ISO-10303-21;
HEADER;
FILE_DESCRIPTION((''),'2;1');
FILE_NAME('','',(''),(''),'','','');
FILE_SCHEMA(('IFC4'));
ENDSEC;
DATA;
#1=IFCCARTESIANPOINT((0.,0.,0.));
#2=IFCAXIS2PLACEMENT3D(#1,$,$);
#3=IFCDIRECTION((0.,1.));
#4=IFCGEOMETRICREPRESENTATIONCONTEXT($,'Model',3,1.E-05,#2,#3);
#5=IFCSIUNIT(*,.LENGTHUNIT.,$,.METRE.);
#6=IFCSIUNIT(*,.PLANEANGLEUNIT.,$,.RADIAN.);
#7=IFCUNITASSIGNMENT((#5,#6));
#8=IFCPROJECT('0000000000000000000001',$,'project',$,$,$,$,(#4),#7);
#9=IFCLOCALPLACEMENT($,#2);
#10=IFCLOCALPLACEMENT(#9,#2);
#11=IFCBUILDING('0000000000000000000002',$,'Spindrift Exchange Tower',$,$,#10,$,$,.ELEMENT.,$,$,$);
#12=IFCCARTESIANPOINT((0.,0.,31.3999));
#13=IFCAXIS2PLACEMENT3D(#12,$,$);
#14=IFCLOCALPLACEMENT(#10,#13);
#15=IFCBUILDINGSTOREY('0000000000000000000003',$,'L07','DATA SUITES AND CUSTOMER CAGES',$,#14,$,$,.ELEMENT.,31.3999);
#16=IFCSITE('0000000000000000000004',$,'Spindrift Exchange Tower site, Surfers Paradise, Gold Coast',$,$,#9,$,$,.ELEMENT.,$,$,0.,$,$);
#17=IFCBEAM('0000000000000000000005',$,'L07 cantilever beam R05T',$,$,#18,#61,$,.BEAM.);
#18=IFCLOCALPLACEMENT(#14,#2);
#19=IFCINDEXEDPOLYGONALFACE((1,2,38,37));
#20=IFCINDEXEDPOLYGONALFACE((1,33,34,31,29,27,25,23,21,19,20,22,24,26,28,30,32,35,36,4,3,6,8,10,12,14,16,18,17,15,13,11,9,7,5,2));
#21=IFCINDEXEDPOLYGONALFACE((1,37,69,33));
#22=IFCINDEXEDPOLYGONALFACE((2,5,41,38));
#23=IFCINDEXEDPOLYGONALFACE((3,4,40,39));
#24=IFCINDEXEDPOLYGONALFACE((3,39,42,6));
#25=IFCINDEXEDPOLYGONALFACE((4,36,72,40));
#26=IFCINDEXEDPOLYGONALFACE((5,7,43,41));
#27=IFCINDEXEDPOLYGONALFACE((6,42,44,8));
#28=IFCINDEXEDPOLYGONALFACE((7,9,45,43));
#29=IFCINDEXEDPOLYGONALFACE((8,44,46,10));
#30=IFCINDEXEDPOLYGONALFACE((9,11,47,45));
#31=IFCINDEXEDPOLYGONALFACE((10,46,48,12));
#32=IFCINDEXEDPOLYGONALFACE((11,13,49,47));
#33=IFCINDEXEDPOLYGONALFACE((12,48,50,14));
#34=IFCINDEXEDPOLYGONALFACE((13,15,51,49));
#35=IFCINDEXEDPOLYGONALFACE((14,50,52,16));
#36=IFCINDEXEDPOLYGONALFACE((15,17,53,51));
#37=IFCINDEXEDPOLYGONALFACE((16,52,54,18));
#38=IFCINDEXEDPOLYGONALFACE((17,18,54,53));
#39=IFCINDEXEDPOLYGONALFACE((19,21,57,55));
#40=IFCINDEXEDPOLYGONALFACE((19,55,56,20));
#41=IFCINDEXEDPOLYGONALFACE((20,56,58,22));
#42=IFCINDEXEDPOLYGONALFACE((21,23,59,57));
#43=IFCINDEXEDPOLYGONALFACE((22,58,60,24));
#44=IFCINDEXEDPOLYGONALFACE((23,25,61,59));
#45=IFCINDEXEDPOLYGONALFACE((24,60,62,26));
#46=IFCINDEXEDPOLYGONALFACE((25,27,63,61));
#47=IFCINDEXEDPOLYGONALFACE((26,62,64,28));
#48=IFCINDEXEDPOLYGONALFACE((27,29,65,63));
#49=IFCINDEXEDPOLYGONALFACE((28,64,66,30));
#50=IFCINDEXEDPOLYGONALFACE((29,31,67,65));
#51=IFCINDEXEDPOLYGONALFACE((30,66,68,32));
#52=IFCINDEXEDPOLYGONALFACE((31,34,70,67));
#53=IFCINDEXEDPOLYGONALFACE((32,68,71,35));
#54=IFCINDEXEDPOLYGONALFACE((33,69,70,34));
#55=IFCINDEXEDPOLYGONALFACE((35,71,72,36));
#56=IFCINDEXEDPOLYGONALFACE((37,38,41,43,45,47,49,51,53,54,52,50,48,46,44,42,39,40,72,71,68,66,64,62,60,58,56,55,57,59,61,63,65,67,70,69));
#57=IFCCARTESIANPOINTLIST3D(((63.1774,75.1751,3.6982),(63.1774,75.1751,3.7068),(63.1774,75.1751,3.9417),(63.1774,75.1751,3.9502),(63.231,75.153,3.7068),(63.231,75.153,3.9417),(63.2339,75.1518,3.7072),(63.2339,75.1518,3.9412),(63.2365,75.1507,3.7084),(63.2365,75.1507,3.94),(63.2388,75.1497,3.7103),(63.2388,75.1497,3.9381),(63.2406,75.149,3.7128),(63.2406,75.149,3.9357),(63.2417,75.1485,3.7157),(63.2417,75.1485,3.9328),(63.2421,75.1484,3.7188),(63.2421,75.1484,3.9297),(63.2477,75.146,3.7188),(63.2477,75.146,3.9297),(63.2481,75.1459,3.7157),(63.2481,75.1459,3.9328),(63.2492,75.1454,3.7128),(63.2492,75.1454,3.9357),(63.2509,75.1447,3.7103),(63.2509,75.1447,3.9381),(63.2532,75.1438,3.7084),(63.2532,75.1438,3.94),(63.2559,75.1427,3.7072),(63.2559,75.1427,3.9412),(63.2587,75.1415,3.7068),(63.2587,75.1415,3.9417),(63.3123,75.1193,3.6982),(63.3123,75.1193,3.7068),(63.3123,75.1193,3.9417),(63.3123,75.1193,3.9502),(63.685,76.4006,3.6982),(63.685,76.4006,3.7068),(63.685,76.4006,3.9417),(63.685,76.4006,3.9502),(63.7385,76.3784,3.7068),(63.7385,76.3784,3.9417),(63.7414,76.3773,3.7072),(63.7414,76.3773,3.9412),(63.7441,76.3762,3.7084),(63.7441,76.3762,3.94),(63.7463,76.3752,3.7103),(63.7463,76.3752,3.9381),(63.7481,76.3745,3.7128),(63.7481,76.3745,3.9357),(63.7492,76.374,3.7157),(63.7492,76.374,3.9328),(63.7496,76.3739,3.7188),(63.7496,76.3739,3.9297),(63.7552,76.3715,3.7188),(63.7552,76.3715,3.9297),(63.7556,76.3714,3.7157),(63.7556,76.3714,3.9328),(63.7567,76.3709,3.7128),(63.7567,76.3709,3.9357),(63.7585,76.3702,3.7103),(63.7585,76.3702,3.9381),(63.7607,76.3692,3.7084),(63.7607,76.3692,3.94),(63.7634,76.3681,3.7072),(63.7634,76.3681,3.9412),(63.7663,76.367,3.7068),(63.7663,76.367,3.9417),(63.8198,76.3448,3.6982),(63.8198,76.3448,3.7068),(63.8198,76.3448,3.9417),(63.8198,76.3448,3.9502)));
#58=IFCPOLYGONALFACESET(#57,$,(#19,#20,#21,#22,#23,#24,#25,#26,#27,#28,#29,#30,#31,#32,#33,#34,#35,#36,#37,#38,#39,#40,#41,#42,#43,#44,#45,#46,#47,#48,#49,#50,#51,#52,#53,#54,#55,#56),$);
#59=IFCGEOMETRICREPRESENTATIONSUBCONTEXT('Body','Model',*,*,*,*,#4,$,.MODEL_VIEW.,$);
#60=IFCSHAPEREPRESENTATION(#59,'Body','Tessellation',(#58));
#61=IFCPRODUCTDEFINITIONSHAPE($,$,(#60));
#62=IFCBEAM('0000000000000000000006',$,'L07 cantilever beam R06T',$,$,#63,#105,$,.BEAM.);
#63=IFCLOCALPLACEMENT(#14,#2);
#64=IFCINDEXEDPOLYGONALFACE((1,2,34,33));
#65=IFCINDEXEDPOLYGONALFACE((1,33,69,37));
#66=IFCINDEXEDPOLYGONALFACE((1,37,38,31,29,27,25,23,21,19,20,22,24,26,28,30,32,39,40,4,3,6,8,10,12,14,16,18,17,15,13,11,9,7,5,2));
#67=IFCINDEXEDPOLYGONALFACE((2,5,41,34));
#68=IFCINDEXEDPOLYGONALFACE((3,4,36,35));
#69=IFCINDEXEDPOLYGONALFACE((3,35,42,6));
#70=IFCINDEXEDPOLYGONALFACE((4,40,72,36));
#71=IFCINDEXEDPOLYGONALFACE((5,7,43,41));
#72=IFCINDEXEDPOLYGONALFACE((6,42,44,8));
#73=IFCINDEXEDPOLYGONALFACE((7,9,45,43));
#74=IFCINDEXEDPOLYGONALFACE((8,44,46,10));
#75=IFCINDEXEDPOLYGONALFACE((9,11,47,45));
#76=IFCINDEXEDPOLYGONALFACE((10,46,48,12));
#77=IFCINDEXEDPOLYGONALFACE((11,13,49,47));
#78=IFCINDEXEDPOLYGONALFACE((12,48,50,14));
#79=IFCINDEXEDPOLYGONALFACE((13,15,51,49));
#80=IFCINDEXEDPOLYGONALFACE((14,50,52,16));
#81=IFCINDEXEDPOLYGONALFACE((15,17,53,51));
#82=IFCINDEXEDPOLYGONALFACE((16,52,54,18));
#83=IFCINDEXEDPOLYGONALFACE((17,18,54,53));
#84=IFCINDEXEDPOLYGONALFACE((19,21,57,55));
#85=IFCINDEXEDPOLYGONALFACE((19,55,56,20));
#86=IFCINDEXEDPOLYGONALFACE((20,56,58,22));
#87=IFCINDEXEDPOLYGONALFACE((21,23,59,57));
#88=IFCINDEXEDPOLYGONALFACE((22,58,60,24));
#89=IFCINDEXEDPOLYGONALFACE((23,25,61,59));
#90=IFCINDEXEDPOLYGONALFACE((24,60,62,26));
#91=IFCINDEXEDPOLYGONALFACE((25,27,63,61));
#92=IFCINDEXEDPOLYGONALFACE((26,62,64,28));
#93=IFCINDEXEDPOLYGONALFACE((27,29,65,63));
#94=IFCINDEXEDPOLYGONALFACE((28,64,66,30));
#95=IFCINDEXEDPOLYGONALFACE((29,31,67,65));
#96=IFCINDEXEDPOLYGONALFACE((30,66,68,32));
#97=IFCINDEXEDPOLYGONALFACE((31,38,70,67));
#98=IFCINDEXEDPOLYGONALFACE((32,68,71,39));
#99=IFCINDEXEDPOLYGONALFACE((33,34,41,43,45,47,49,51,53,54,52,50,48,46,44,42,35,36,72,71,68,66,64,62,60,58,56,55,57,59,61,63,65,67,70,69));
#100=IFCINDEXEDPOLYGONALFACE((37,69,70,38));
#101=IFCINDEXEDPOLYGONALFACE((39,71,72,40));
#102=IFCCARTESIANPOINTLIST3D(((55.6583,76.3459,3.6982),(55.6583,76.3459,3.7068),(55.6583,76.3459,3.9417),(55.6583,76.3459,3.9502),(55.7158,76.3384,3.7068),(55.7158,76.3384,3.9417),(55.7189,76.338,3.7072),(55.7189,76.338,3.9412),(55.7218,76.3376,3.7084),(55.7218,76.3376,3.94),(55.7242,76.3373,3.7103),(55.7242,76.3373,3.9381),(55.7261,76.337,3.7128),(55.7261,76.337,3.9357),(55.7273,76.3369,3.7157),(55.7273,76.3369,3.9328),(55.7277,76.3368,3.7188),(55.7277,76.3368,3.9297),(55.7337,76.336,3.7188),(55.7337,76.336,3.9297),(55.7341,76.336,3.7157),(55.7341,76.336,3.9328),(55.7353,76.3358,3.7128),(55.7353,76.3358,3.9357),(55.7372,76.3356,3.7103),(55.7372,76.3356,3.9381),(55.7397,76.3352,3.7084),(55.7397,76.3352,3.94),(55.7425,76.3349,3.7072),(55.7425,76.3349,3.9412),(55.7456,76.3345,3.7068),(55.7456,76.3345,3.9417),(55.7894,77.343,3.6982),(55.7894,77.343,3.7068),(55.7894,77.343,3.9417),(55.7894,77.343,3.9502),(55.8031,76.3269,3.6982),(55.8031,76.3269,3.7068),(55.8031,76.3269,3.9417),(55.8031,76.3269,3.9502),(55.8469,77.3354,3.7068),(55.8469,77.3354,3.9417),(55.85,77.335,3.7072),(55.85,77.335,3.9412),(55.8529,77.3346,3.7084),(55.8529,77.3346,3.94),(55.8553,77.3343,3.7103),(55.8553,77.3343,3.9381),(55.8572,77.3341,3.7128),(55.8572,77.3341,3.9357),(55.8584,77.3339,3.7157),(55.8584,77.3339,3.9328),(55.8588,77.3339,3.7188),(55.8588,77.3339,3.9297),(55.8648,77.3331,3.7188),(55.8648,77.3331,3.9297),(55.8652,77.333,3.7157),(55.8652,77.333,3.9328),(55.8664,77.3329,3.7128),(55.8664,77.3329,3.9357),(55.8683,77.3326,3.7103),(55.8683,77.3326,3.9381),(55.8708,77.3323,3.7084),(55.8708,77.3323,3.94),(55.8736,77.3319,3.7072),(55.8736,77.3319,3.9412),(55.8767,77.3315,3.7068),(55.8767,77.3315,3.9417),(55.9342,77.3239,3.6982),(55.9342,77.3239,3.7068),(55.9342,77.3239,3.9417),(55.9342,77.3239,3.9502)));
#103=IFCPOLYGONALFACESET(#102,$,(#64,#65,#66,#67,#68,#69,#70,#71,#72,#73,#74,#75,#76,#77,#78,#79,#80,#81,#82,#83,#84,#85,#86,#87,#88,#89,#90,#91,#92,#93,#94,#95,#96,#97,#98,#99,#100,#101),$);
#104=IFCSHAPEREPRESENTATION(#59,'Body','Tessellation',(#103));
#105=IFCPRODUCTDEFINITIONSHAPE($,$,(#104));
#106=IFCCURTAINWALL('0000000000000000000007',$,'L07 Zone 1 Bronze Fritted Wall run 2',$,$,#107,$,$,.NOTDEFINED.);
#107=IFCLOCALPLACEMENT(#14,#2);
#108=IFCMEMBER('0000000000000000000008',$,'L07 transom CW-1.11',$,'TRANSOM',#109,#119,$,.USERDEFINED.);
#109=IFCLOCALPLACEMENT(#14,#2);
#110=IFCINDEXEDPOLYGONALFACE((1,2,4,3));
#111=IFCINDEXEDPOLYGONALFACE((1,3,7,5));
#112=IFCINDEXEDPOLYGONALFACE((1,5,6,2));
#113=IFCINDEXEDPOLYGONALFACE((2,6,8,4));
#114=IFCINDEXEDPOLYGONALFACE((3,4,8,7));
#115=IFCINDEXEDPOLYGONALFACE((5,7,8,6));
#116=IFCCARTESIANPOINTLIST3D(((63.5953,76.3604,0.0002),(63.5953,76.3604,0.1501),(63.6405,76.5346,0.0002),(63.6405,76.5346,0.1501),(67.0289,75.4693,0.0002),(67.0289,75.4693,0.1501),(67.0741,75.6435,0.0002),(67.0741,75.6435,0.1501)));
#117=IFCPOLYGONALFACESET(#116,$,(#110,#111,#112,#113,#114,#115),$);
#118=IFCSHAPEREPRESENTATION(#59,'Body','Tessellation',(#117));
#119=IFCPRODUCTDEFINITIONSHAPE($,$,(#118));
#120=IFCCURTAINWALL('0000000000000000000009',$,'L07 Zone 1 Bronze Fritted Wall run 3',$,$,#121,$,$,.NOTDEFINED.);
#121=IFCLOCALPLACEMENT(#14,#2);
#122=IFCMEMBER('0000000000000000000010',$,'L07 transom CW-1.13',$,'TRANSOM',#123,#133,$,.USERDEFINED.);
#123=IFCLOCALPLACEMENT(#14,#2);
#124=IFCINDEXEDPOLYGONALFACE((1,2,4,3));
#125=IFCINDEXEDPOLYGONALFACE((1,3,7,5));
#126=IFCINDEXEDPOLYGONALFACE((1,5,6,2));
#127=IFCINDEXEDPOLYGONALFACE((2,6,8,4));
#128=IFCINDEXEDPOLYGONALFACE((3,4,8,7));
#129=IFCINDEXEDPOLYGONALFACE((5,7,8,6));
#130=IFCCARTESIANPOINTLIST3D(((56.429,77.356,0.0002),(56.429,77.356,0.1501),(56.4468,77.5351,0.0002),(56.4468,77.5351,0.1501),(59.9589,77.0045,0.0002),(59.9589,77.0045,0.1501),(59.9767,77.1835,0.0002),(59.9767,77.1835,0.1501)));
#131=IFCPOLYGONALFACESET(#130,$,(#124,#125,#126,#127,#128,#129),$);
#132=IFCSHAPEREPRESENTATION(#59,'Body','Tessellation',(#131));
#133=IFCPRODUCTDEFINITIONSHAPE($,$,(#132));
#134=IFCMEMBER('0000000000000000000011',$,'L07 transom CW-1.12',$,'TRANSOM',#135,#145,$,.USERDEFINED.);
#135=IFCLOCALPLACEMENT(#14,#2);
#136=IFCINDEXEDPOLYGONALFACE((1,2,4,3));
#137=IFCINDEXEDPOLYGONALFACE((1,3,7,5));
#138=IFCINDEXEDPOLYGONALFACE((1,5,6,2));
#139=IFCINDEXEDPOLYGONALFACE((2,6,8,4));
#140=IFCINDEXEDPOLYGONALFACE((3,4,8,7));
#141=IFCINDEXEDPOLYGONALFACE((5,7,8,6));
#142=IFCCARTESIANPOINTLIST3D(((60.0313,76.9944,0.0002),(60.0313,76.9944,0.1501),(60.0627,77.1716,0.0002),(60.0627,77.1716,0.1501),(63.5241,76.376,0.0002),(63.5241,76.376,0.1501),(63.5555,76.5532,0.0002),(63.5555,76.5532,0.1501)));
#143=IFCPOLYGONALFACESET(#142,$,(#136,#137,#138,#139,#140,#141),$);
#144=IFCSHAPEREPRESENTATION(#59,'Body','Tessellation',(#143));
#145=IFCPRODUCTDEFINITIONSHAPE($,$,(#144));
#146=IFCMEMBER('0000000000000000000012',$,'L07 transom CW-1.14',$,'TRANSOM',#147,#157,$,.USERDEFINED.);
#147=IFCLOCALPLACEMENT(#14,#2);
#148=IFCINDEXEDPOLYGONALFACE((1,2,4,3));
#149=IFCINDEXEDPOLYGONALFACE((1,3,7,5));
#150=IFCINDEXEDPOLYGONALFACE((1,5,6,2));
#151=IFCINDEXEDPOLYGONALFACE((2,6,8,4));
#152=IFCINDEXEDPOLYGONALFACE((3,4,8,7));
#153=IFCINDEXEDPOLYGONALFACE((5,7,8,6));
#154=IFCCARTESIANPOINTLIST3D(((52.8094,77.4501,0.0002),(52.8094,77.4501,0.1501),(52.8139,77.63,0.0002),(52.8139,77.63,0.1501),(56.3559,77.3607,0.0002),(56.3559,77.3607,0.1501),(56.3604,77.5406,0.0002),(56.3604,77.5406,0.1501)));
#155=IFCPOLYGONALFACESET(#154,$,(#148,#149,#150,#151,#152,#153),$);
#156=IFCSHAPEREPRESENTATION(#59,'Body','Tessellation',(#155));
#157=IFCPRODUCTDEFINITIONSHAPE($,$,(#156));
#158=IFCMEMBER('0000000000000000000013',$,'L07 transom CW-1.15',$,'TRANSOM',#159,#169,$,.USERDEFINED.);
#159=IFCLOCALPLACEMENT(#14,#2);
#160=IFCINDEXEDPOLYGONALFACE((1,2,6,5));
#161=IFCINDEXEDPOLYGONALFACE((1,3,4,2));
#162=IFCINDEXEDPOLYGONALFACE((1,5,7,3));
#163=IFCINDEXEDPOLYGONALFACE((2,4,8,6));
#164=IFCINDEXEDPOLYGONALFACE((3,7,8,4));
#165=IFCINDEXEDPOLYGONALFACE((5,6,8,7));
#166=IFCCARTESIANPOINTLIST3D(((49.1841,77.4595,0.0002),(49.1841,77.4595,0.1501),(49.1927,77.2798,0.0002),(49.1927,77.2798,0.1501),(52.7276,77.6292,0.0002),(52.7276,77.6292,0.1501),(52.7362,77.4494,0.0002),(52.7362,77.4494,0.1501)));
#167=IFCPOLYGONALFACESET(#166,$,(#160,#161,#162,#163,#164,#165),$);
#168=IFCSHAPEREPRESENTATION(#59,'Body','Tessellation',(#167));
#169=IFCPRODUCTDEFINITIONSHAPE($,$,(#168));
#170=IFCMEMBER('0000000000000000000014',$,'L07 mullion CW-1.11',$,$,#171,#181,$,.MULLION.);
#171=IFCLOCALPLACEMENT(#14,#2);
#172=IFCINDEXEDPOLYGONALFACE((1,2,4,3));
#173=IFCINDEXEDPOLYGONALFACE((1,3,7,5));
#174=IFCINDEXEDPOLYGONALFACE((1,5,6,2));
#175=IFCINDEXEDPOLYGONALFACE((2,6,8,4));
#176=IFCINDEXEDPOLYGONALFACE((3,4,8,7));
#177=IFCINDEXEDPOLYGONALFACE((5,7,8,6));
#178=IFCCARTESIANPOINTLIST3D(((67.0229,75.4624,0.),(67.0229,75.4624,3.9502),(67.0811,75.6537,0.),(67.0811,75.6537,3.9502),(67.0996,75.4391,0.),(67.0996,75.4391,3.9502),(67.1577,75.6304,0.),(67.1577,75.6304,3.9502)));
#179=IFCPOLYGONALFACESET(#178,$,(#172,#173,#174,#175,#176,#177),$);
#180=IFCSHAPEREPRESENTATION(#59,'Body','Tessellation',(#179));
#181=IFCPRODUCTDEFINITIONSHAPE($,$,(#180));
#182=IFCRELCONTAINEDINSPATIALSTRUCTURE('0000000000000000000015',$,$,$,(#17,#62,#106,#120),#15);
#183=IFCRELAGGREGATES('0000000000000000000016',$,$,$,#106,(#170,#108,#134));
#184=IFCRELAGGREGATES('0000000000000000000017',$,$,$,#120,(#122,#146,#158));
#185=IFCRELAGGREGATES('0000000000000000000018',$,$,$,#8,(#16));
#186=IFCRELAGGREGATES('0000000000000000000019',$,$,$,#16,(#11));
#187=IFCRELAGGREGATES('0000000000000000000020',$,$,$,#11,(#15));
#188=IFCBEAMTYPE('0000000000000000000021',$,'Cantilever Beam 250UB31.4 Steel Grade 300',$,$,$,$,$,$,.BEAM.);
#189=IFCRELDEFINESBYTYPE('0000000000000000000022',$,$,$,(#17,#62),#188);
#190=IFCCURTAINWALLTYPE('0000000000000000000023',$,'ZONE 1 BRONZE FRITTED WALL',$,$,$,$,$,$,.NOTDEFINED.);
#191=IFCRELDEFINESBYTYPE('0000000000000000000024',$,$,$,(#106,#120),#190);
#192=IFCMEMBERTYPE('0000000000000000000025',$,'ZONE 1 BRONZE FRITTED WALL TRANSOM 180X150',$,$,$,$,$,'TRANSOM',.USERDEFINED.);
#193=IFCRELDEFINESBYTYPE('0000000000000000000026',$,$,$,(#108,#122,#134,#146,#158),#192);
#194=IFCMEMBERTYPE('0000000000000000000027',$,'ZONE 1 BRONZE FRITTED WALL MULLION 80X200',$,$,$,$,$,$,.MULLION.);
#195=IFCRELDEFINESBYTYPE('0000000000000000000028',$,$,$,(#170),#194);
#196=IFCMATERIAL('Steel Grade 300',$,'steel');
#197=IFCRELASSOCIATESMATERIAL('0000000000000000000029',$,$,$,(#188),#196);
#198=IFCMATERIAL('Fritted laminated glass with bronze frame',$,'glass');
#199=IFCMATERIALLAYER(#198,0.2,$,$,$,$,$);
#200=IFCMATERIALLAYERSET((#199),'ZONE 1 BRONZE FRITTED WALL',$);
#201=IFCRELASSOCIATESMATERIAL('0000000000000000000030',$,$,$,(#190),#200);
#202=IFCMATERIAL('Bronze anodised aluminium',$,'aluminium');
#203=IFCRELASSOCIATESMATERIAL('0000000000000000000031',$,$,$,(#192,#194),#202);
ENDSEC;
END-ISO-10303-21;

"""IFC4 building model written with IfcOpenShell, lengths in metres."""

from ifc_helpers import new_model, si_unit, direction, frame, origin, origin_2d, place, context, subcontext, project, spatial, rectangle, i_section, extrude, source, transform, mapped, material, layer, layer_set, material_profile, profile_set, type_object, element, aggregate, save


model = new_model("IFC4")

# Units and contexts
model_context = context("Model", 3, precision=1e-05, world=origin(), true_north=direction((0.0, 1.0)))
body_context = subcontext(model_context, "Body", "Model", "MODEL_VIEW")
ifc_project = project(units=[si_unit("LENGTHUNIT", "METRE"), si_unit("PLANEANGLEUNIT", "RADIAN")], contexts=[model_context])

# Site, building, storey
site_placement = place(None, origin())
site = spatial("IfcSite", under=ifc_project, at=site_placement, Name="Spindrift Exchange Tower site, Surfers Paradise, Gold Coast", CompositionType="ELEMENT", RefElevation=0.0)
building_placement = place(site_placement, origin())
building = spatial("IfcBuilding", under=site, at=building_placement, Name="Spindrift Exchange Tower", CompositionType="ELEMENT")
storey_placement = place(building_placement, frame((0.0, 0.0, 31.3999)))
storey = spatial("IfcBuildingStorey", under=building, at=storey_placement, Name="L07", Description="DATA SUITES AND CUSTOMER CAGES", CompositionType="ELEMENT", Elevation=31.3999)

# Beams
ifc_material_1 = material(Name="Steel Grade 300", Category="steel")
ifc_material_profile_1 = material_profile(ifc_material_1, i_section(OverallWidth=0.146, OverallDepth=0.252, WebThickness=0.0061, FlangeThickness=0.0085, FilletRadius=0.012, at=origin_2d()), Name="250UB31.4")
ifc_profile_set_1 = profile_set([ifc_material_profile_1], Name="Steel Grade 300")
beam_type_1 = type_object("IfcBeamType", Name="Cantilever Beam 250UB31.4 Steel Grade 300", PredefinedType="BEAM", material=ifc_profile_set_1)
shared_shape_1 = source(origin(), body_context, "Body", "SweptSolid", [
    extrude(i_section(OverallWidth=0.146, OverallDepth=0.252, WebThickness=0.0061, FlangeThickness=0.0085, FilletRadius=0.012, at=origin_2d()), origin(), (0.0, 0.0, 1.0), 1.3264),
])
beam_1_placement = place(storey_placement, frame((63.2449, 75.1472, 3.8242), z_axis=(0.382628, 0.923902, 0.0), x_axis=(-0.923902, 0.382628, 0.0)))
element("IfcBeam", 1, at=beam_1_placement, inside=storey, type_object=beam_type_1, Name="L07 cantilever beam R05T", PredefinedType="BEAM", context=body_context, shape_type="MappedRepresentation", body=[
    mapped(shared_shape_1, transform((0.0, 0.0, 0.0), scale=1.0)),
])
shared_shape_2 = source(origin(), body_context, "Body", "SweptSolid", [
    extrude(i_section(OverallWidth=0.146, OverallDepth=0.252, WebThickness=0.0061, FlangeThickness=0.0085, FilletRadius=0.012, at=origin_2d()), origin(), (0.0, 0.0, 1.0), 1.0056),
])
beam_2_placement = place(storey_placement, frame((55.7307, 76.3364, 3.8242), z_axis=(0.130367, 0.991466, 0.0), x_axis=(-0.991466, 0.130367, 0.0)))
element("IfcBeam", 2, at=beam_2_placement, inside=storey, type_object=beam_type_1, Name="L07 cantilever beam R06T", PredefinedType="BEAM", context=body_context, shape_type="MappedRepresentation", body=[
    mapped(shared_shape_2, transform((0.0, 0.0, 0.0), scale=1.0)),
])

# Curtain walls, members
ifc_material_2 = material(Name="Fritted laminated glass with bronze frame", Category="glass")
ifc_layer_1 = layer(ifc_material_2, 0.2)
ifc_layer_set_1 = layer_set([ifc_layer_1], Name="ZONE 1 BRONZE FRITTED WALL")
curtain_wall_type = type_object("IfcCurtainWallType", Name="ZONE 1 BRONZE FRITTED WALL", PredefinedType="NOTDEFINED", material=ifc_layer_set_1)
curtain_wall_1_placement = place(storey_placement, origin())
curtain_wall_1 = element("IfcCurtainWall", 3, at=curtain_wall_1_placement, inside=storey, type_object=curtain_wall_type, Name="L07 Zone 1 Bronze Fritted Wall run 2", PredefinedType="NOTDEFINED")
ifc_material_3 = material(Name="Bronze anodised aluminium", Category="aluminium")
ifc_material_profile_2 = material_profile(ifc_material_3, rectangle(XDim=0.1799, YDim=0.1499, at=origin_2d()), Name="ZONE 1 BRONZE FRITTED WALL TRANSOM 180X150")
ifc_profile_set_2 = profile_set([ifc_material_profile_2], Name="Bronze anodised aluminium")
member_type_1 = type_object("IfcMemberType", Name="ZONE 1 BRONZE FRITTED WALL TRANSOM 180X150", ElementType="TRANSOM", PredefinedType="USERDEFINED", material=ifc_profile_set_2)
shared_shape_3 = source(origin(), body_context, "Body", "SweptSolid", [
    extrude(rectangle(XDim=0.1799, YDim=0.1499, at=origin_2d()), origin(), (0.0, 0.0, 1.0), 3.5474),
])
member_1_placement = place(storey_placement, frame((67.0515, 75.5564, 0.0752), z_axis=(-0.967934, 0.251206, 0.0), x_axis=(-0.251206, -0.967934, 0.0)))
member_1 = element("IfcMember", 4, at=member_1_placement, type_object=member_type_1, Name="L07 transom CW-1.11", ObjectType="TRANSOM", PredefinedType="USERDEFINED", context=body_context, shape_type="MappedRepresentation", body=[
    mapped(shared_shape_3, transform((0.0, 0.0, 0.0), scale=1.0)),
])
curtain_wall_2_placement = place(storey_placement, origin())
curtain_wall_2 = element("IfcCurtainWall", 5, at=curtain_wall_2_placement, inside=storey, type_object=curtain_wall_type, Name="L07 Zone 1 Bronze Fritted Wall run 3", PredefinedType="NOTDEFINED")
member_2_placement = place(storey_placement, frame((59.9678, 77.094, 0.0752), z_axis=(-0.995077, 0.099108, 0.0), x_axis=(-0.099108, -0.995077, 0.0)))
member_2 = element("IfcMember", 6, at=member_2_placement, type_object=member_type_1, Name="L07 transom CW-1.13", ObjectType="TRANSOM", PredefinedType="USERDEFINED", context=body_context, shape_type="MappedRepresentation", body=[
    mapped(shared_shape_3, transform((0.0, 0.0, 0.0), scale=1.0)),
])

# Members
shared_shape_4 = source(origin(), body_context, "Body", "SweptSolid", [
    extrude(rectangle(XDim=0.1799, YDim=0.1499, at=origin_2d()), origin(), (0.0, 0.0, 1.0), 3.5471),
])
member_3_placement = place(storey_placement, frame((63.5398, 76.4646, 0.0752), z_axis=(-0.984686, 0.174335, 0.0), x_axis=(-0.174335, -0.984686, 0.0)))
member_3 = element("IfcMember", 7, at=member_3_placement, type_object=member_type_1, Name="L07 transom CW-1.12", ObjectType="TRANSOM", PredefinedType="USERDEFINED", context=body_context, shape_type="MappedRepresentation", body=[
    mapped(shared_shape_4, transform((0.0, 0.0, 0.0), scale=1.0)),
])
shared_shape_5 = source(origin(), body_context, "Body", "SweptSolid", [
    extrude(rectangle(XDim=0.1799, YDim=0.1499, at=origin_2d()), origin(), (0.0, 0.0, 1.0), 3.5476),
])
member_4_placement = place(storey_placement, frame((56.3582, 77.4507, 0.0752), z_axis=(-0.999683, 0.025188, 0.0), x_axis=(-0.025188, -0.999683, 0.0)))
member_4 = element("IfcMember", 8, at=member_4_placement, type_object=member_type_1, Name="L07 transom CW-1.14", ObjectType="TRANSOM", PredefinedType="USERDEFINED", context=body_context, shape_type="MappedRepresentation", body=[
    mapped(shared_shape_5, transform((0.0, 0.0, 0.0), scale=1.0)),
])
member_5_placement = place(storey_placement, frame((52.7319, 77.5393, 0.0752), z_axis=(-0.998855, -0.04783, 0.0), x_axis=(0.04783, -0.998855, 0.0)))
member_5 = element("IfcMember", 9, at=member_5_placement, type_object=member_type_1, Name="L07 transom CW-1.15", ObjectType="TRANSOM", PredefinedType="USERDEFINED", context=body_context, shape_type="MappedRepresentation", body=[
    mapped(shared_shape_5, transform((0.0, 0.0, 0.0), scale=1.0)),
])
ifc_material_profile_3 = material_profile(ifc_material_3, rectangle(XDim=0.0801, YDim=0.2, at=origin_2d()), Name="ZONE 1 BRONZE FRITTED WALL MULLION 80X200")
ifc_profile_set_3 = profile_set([ifc_material_profile_3], Name="Bronze anodised aluminium")
member_type_2 = type_object("IfcMemberType", Name="ZONE 1 BRONZE FRITTED WALL MULLION 80X200", PredefinedType="MULLION", material=ifc_profile_set_3)
shared_shape_6 = source(origin(), body_context, "Body", "SweptSolid", [
    extrude(rectangle(XDim=0.0801, YDim=0.2, at=origin_2d()), origin(), (0.0, 0.0, 1.0), 3.9502),
])
member_6_placement = place(storey_placement, frame((67.0903, 75.5464, 0.0), z_axis=(0.0, 0.0, 1.0), x_axis=(-0.956761, 0.290874, 0.0)))
member_6 = element("IfcMember", 10, at=member_6_placement, type_object=member_type_2, Name="L07 mullion CW-1.11", PredefinedType="MULLION", context=body_context, shape_type="MappedRepresentation", body=[
    mapped(shared_shape_6, transform((0.0, 0.0, 0.0), scale=1.0)),
])

aggregate(curtain_wall_1, [member_6, member_1, member_3])
aggregate(curtain_wall_2, [member_2, member_4, member_5])

save(model, "model.ifc")
